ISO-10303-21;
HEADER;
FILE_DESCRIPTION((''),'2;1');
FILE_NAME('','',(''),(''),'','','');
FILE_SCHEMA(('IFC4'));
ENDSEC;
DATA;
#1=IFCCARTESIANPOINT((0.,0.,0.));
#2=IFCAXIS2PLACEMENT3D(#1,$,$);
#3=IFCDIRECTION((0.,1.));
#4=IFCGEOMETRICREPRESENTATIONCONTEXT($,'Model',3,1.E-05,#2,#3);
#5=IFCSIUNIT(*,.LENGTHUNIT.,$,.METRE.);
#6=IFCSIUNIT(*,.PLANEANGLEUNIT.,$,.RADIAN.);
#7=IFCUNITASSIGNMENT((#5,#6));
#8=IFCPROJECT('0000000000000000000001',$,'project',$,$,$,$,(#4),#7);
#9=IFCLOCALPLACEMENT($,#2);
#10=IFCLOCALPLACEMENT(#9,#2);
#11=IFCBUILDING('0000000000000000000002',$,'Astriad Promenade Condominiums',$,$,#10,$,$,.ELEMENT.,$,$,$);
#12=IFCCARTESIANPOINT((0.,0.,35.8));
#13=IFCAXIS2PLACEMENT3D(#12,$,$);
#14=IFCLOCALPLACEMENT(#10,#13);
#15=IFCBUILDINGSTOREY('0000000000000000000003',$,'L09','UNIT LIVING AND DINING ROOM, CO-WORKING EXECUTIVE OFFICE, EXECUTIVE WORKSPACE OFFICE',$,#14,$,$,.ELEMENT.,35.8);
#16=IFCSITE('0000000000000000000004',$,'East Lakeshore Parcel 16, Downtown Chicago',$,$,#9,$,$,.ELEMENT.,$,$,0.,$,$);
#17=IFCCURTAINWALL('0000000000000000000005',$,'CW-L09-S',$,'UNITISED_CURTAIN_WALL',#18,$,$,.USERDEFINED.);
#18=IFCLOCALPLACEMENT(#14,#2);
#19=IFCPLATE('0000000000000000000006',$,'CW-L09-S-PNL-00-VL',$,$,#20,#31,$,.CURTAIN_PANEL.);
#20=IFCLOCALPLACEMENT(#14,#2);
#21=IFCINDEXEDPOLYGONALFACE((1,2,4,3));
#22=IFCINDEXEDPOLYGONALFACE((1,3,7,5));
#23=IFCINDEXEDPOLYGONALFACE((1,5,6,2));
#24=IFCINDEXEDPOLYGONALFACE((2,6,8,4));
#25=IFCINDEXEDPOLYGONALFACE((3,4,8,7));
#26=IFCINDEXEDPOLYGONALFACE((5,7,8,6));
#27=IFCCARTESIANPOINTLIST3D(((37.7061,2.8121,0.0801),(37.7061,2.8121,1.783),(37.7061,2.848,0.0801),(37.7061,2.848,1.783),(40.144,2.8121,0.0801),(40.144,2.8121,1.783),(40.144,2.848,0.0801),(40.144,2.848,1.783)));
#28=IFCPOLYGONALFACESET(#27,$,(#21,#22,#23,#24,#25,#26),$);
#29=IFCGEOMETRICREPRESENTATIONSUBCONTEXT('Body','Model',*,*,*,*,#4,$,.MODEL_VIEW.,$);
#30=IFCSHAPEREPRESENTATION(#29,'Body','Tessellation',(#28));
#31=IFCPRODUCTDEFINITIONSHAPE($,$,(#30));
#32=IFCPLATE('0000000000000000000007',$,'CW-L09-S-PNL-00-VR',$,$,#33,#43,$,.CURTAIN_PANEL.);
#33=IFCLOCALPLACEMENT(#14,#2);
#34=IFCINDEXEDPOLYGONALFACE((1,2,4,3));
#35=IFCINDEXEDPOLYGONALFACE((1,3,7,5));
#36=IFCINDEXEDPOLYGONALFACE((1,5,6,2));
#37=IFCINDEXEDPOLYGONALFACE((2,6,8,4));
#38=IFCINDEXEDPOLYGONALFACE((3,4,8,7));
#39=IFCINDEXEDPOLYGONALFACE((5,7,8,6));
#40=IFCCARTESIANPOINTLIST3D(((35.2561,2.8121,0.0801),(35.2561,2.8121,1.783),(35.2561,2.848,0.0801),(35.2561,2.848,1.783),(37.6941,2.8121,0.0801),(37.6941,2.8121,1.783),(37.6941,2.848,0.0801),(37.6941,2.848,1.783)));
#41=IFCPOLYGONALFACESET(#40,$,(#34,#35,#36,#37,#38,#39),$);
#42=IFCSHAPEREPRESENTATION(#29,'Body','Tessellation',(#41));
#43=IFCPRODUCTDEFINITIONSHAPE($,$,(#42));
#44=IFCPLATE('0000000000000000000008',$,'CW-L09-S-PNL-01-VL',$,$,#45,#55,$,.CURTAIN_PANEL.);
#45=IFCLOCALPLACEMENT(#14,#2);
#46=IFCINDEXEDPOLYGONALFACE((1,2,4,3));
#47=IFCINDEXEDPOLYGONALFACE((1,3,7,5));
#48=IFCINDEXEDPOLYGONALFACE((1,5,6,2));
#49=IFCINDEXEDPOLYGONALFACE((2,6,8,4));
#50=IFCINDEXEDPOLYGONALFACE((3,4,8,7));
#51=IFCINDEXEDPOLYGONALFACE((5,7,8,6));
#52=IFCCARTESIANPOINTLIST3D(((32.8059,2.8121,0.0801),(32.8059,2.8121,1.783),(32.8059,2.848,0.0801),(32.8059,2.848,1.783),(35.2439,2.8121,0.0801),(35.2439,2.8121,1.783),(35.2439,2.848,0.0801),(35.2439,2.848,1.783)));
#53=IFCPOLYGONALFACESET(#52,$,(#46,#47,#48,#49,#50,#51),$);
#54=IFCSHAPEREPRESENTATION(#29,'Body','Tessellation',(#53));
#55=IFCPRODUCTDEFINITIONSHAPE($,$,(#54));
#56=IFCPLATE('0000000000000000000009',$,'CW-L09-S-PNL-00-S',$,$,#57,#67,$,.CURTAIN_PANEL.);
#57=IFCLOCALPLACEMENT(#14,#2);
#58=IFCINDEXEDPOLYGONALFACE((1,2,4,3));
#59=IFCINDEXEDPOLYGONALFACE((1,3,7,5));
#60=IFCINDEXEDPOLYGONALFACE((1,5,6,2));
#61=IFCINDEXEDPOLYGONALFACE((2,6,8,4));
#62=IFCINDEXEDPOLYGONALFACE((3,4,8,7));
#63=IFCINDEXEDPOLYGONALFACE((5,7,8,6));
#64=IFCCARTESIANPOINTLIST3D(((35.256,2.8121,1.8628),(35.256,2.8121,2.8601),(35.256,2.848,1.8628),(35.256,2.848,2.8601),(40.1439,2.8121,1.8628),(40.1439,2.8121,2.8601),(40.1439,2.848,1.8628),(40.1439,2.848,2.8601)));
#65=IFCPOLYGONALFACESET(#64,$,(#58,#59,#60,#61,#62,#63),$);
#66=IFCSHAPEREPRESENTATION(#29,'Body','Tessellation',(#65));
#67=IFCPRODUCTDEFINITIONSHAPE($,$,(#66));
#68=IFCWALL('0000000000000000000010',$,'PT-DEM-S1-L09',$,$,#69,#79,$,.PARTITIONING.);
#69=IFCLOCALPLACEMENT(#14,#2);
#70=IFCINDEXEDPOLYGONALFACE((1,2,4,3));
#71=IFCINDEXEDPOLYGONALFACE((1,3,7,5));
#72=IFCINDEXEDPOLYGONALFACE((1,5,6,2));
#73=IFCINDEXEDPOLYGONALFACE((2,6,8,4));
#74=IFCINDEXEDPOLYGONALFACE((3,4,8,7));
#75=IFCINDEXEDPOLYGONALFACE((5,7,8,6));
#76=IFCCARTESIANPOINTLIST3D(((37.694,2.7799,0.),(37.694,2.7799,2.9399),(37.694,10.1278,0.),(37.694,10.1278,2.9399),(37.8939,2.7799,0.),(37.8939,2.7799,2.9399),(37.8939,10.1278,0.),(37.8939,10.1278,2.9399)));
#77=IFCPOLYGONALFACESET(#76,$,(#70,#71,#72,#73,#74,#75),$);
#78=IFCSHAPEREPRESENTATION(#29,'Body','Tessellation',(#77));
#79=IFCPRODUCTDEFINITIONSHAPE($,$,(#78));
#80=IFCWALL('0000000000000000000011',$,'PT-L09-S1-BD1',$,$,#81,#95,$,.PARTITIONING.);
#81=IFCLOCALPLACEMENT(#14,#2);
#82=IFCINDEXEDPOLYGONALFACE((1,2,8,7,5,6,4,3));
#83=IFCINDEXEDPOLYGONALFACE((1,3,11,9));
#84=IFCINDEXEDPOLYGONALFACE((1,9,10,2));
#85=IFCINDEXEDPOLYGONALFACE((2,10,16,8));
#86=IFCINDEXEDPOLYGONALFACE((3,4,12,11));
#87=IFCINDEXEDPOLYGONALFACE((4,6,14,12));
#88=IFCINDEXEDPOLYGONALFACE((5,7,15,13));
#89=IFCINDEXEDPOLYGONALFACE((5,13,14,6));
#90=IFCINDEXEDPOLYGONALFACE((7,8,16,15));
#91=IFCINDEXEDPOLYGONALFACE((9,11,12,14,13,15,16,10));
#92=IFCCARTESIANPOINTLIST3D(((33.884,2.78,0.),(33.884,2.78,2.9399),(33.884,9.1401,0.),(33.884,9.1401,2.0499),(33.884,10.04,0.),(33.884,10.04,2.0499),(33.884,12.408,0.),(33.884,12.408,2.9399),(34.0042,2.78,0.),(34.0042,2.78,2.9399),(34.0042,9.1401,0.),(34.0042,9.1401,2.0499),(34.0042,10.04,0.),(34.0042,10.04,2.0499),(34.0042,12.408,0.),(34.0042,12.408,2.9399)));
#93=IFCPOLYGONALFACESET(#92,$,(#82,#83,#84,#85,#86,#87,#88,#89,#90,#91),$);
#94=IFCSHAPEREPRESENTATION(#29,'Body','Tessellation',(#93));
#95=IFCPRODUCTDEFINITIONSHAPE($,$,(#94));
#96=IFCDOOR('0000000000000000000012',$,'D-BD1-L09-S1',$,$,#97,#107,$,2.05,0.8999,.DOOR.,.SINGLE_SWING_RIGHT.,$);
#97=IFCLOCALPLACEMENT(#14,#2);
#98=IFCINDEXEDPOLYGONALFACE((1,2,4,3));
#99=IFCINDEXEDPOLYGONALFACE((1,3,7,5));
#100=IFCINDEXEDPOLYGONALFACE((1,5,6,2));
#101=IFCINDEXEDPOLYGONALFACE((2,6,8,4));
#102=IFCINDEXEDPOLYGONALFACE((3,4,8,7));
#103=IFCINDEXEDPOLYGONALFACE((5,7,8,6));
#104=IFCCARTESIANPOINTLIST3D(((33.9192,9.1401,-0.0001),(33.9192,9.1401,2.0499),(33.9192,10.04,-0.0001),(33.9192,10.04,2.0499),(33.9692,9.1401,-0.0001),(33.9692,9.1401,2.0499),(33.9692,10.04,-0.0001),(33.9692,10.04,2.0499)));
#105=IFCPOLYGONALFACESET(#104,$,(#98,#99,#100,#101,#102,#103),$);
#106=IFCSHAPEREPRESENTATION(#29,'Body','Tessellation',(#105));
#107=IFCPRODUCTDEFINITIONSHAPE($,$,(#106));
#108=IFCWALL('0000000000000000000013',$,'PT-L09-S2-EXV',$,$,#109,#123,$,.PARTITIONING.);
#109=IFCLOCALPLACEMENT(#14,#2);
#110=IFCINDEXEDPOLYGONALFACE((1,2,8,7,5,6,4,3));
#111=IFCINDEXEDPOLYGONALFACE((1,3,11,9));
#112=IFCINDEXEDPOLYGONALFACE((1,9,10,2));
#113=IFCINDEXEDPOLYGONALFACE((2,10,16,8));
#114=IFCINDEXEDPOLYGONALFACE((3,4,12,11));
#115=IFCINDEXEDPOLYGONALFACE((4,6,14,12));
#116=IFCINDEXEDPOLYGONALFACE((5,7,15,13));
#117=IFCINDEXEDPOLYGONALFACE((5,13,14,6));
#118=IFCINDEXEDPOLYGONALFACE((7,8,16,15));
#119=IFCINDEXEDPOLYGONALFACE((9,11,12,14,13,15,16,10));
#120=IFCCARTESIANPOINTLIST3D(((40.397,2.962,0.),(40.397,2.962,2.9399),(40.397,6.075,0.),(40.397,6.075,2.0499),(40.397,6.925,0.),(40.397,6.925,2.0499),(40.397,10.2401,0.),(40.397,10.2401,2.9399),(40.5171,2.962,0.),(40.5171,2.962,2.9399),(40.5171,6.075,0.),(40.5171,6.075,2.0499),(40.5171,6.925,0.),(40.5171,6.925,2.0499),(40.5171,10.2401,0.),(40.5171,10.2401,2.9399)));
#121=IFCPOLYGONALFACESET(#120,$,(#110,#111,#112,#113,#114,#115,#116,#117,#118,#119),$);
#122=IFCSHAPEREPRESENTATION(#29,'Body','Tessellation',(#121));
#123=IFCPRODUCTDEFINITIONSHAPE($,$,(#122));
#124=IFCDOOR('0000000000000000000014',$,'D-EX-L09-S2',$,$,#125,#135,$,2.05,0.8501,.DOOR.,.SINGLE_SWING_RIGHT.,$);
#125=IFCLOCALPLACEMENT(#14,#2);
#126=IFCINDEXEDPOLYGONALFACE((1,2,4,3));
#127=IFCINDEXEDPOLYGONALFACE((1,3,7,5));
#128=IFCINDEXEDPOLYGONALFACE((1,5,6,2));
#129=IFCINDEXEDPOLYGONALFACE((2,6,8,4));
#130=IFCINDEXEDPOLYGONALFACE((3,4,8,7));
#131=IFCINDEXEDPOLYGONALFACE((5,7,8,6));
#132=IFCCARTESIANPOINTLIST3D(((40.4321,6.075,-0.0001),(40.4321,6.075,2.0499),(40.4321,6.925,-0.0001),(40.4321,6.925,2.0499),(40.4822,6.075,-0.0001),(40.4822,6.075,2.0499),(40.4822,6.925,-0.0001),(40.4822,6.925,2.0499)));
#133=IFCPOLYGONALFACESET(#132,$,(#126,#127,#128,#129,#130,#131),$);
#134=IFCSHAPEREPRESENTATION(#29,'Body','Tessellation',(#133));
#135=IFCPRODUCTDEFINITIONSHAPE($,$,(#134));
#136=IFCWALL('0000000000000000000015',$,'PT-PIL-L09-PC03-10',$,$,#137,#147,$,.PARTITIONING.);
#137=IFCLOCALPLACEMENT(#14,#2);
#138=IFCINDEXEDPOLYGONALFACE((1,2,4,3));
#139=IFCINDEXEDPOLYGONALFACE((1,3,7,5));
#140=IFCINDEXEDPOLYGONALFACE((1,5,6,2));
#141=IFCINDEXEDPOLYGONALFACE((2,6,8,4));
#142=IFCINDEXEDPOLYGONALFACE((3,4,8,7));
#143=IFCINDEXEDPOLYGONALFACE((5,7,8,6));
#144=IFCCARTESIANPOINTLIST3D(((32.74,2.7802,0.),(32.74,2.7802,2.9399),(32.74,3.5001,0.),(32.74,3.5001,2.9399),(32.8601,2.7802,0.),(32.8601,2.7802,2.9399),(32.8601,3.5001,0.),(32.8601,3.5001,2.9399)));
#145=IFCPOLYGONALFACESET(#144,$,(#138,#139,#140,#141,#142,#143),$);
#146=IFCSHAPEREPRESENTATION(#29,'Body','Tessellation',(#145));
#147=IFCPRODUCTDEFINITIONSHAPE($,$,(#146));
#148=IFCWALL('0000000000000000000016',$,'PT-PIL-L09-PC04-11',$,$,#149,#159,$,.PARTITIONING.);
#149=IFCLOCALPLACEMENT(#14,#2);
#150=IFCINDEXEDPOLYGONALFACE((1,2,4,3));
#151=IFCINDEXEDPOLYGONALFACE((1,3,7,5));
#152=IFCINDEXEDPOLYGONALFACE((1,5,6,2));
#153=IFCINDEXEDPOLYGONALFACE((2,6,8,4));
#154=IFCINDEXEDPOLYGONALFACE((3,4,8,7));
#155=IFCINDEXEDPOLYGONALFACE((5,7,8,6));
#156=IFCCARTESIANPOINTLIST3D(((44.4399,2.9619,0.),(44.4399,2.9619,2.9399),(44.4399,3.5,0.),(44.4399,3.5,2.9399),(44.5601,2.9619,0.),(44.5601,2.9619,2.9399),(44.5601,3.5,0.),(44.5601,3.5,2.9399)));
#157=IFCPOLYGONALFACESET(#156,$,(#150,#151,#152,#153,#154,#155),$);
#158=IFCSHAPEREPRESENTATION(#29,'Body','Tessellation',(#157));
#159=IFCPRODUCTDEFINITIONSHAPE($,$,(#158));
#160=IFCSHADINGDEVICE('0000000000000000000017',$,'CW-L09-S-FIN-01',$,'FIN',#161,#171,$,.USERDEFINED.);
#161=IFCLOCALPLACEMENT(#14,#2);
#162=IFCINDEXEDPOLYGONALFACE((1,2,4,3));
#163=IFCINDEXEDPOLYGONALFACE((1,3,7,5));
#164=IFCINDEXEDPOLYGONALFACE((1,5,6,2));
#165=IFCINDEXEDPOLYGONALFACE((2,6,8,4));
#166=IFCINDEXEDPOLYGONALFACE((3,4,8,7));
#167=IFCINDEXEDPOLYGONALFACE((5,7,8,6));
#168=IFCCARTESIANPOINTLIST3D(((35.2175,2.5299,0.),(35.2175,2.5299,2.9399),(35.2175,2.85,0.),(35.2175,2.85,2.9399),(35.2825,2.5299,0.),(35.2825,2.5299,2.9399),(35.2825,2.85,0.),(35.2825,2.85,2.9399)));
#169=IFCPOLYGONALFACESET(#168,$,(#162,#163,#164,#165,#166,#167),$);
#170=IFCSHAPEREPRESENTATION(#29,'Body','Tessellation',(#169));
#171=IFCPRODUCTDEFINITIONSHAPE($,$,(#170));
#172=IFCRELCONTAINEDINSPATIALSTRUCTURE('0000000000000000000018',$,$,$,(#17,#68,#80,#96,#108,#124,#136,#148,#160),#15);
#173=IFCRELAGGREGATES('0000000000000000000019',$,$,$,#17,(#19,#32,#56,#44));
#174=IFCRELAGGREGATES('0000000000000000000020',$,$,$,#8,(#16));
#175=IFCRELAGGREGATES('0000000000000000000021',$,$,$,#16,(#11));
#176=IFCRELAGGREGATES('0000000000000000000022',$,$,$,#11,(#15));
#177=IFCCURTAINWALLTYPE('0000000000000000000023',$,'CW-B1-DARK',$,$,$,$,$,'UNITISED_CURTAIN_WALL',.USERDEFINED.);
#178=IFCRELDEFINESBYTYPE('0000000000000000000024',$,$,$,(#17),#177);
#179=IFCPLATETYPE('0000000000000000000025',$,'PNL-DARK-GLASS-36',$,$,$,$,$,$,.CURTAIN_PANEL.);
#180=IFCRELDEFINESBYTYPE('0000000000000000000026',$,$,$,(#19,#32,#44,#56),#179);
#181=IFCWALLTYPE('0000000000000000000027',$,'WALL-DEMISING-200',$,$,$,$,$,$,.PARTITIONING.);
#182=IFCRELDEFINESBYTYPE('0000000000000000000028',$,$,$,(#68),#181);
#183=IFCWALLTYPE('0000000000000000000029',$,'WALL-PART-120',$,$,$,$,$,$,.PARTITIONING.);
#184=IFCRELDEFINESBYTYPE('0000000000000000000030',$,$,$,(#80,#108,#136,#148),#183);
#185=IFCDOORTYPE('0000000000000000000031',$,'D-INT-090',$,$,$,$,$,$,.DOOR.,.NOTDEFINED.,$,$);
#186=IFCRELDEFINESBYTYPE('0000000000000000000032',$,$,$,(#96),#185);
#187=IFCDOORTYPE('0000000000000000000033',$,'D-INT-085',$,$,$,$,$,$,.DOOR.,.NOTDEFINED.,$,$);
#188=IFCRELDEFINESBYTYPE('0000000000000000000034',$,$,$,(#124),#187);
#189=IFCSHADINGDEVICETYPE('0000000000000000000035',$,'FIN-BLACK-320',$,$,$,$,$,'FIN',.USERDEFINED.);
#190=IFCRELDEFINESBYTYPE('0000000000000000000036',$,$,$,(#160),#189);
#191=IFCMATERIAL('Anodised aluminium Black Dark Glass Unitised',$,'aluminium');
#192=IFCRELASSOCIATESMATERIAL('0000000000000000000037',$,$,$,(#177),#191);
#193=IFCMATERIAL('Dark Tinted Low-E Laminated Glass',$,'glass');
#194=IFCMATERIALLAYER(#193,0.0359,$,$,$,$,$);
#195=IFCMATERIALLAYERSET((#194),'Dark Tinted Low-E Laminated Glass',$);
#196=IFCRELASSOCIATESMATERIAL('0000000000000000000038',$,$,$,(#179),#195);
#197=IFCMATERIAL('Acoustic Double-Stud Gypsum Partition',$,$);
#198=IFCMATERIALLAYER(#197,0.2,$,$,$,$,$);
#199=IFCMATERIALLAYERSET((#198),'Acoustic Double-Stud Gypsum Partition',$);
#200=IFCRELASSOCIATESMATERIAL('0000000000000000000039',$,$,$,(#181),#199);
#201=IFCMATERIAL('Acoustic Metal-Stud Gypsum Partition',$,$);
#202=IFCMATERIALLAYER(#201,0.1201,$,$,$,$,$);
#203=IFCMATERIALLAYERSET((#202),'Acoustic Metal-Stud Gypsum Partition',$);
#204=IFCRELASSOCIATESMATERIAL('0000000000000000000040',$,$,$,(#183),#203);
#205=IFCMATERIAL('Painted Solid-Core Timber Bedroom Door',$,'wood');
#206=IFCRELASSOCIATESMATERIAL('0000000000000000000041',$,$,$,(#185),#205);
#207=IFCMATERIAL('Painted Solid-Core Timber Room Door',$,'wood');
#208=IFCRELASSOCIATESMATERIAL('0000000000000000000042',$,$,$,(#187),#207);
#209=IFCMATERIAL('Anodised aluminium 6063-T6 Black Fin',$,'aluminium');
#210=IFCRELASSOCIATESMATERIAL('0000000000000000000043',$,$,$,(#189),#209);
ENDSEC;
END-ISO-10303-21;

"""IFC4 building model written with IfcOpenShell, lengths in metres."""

from ifc_helpers import new_model, si_unit, direction, frame, frame_2d, origin, origin_2d, place, context, subcontext, project, spatial, rectangle, extrude, source, transform, mapped, material, layer, layer_set, type_object, type_shapes, element, fill, aggregate, save


model = new_model("IFC4")

# Units and contexts
model_context = context("Model", 3, precision=1e-05, world=origin(), true_north=direction((0.0, 1.0)))
body_context = subcontext(model_context, "Body", "Model", "MODEL_VIEW")
ifc_project = project(units=[si_unit("LENGTHUNIT", "METRE"), si_unit("PLANEANGLEUNIT", "RADIAN")], contexts=[model_context])

# Site, building, storey
site_placement = place(None, origin())
site = spatial("IfcSite", under=ifc_project, at=site_placement, Name="East Lakeshore Parcel 16, Downtown Chicago", CompositionType="ELEMENT", RefElevation=0.0)
building_placement = place(site_placement, origin())
building = spatial("IfcBuilding", under=site, at=building_placement, Name="Astriad Promenade Condominiums", CompositionType="ELEMENT")
storey_placement = place(building_placement, frame((0.0, 0.0, 35.8)))
storey = spatial("IfcBuildingStorey", under=building, at=storey_placement, Name="L09", Description="UNIT LIVING AND DINING ROOM, CO-WORKING EXECUTIVE OFFICE, EXECUTIVE WORKSPACE OFFICE", CompositionType="ELEMENT", Elevation=35.8)

# Curtain wall, plates
ifc_material_1 = material(Name="Anodised aluminium Black Dark Glass Unitised", Category="aluminium")
curtain_wall_type = type_object("IfcCurtainWallType", Name="CW-B1-DARK", ElementType="UNITISED_CURTAIN_WALL", PredefinedType="USERDEFINED", material=ifc_material_1)
curtain_wall_placement = place(storey_placement, origin())
curtain_wall = element("IfcCurtainWall", 1, at=curtain_wall_placement, inside=storey, type_object=curtain_wall_type, Name="CW-L09-S", ObjectType="UNITISED_CURTAIN_WALL", PredefinedType="USERDEFINED")
ifc_material_2 = material(Name="Dark Tinted Low-E Laminated Glass", Category="glass")
ifc_layer_1 = layer(ifc_material_2, 0.0359)
ifc_layer_set_1 = layer_set([ifc_layer_1], Name="Dark Tinted Low-E Laminated Glass")
plate_type = type_object("IfcPlateType", Name="PNL-DARK-GLASS-36", PredefinedType="CURTAIN_PANEL", material=ifc_layer_set_1)
shared_shape_1 = source(origin(), body_context, "Body", "SweptSolid", [
    extrude(rectangle(XDim=2.438, YDim=0.0359, at=origin_2d()), origin(), (0.0, 0.0, 1.0), 1.7029),
])
plate_1_placement = place(storey_placement, frame((38.925, 2.8301, 0.0801), z_axis=(0.0, 0.0, 1.0), x_axis=(-1.0, 0.0, 0.0)))
plate_1 = element("IfcPlate", 2, at=plate_1_placement, type_object=plate_type, Name="CW-L09-S-PNL-00-VL", PredefinedType="CURTAIN_PANEL", context=body_context, shape_type="MappedRepresentation", body=[
    mapped(shared_shape_1, transform((0.0, 0.0, 0.0), scale=1.0)),
])
plate_2_placement = place(storey_placement, frame((36.4751, 2.8301, 0.0801), z_axis=(0.0, 0.0, 1.0), x_axis=(-1.0, 0.0, 0.0)))
plate_2 = element("IfcPlate", 3, at=plate_2_placement, type_object=plate_type, Name="CW-L09-S-PNL-00-VR", PredefinedType="CURTAIN_PANEL", context=body_context, shape_type="MappedRepresentation", body=[
    mapped(shared_shape_1, transform((0.0, 0.0, 0.0), scale=1.0)),
])
plate_3_placement = place(storey_placement, frame((34.0249, 2.8301, 0.0801), z_axis=(0.0, 0.0, 1.0), x_axis=(-1.0, 0.0, 0.0)))
plate_3 = element("IfcPlate", 4, at=plate_3_placement, type_object=plate_type, Name="CW-L09-S-PNL-01-VL", PredefinedType="CURTAIN_PANEL", context=body_context, shape_type="MappedRepresentation", body=[
    mapped(shared_shape_1, transform((0.0, 0.0, 0.0), scale=1.0)),
])
shared_shape_2 = source(origin(), body_context, "Body", "SweptSolid", [
    extrude(rectangle(XDim=4.8879, YDim=0.0359, at=origin_2d()), origin(), (0.0, 0.0, 1.0), 0.9973),
])
type_shapes(plate_type, [shared_shape_1, shared_shape_2])
plate_4_placement = place(storey_placement, frame((37.7, 2.8301, 1.8628), z_axis=(0.0, 0.0, 1.0), x_axis=(-1.0, 0.0, 0.0)))
plate_4 = element("IfcPlate", 5, at=plate_4_placement, type_object=plate_type, Name="CW-L09-S-PNL-00-S", PredefinedType="CURTAIN_PANEL", context=body_context, shape_type="MappedRepresentation", body=[
    mapped(shared_shape_2, transform((0.0, 0.0, 0.0), scale=1.0)),
])
aggregate(curtain_wall, [plate_1, plate_2, plate_4, plate_3])

# Wall
ifc_material_3 = material(Name="Acoustic Double-Stud Gypsum Partition")
ifc_layer_2 = layer(ifc_material_3, 0.2)
ifc_layer_set_2 = layer_set([ifc_layer_2], Name="Acoustic Double-Stud Gypsum Partition")
wall_type_1 = type_object("IfcWallType", Name="WALL-DEMISING-200", PredefinedType="PARTITIONING", material=ifc_layer_set_2)
wall_1_placement = place(storey_placement, frame((37.7939, 2.78, 0.0), z_axis=(0.0, 0.0, 1.0), x_axis=(0.0, 1.0, 0.0)))
element("IfcWall", 6, at=wall_1_placement, inside=storey, type_object=wall_type_1, Name="PT-DEM-S1-L09", PredefinedType="PARTITIONING", context=body_context, shape_type="SweptSolid", body=[
    extrude(rectangle(XDim=7.3479, YDim=0.2, at=frame_2d((3.6738, 0.0))), origin(), (0.0, 0.0, 1.0), 2.9399),
])

# Walls, openings, doors
ifc_material_4 = material(Name="Acoustic Metal-Stud Gypsum Partition")
ifc_layer_3 = layer(ifc_material_4, 0.1201)
ifc_layer_set_3 = layer_set([ifc_layer_3], Name="Acoustic Metal-Stud Gypsum Partition")
wall_type_2 = type_object("IfcWallType", Name="WALL-PART-120", PredefinedType="PARTITIONING", material=ifc_layer_set_3)
wall_2_placement = place(storey_placement, frame((33.9441, 2.78, 0.0), z_axis=(0.0, 0.0, 1.0), x_axis=(0.0, 1.0, 0.0)))
wall_2 = element("IfcWall", 7, at=wall_2_placement, inside=storey, type_object=wall_type_2, Name="PT-L09-S1-BD1", PredefinedType="PARTITIONING", context=body_context, shape_type="SweptSolid", body=[
    extrude(rectangle(XDim=9.6279, YDim=0.1201, at=frame_2d((4.814, 0.0))), origin(), (0.0, 0.0, 1.0), 2.9399),
])
opening_1_placement = place(wall_2_placement, frame((6.3601, 0.0, 0.0)))
opening_1 = element("IfcOpeningElement", 8, at=opening_1_placement, cuts=wall_2, PredefinedType="OPENING", context=body_context, shape_type="SweptSolid", body=[
    extrude(rectangle(XDim=0.8999, YDim=2.05, at=frame_2d((0.45, 1.0249))), frame((0.0, 0.0701, 0.0), z_axis=(0.0, -1.0, 0.0), x_axis=(1.0, 0.0, 0.0)), (0.0, 0.0, 1.0), 0.1401),
])
ifc_material_5 = material(Name="Painted Solid-Core Timber Bedroom Door", Category="wood")
door_type_1 = type_object("IfcDoorType", Name="D-INT-090", OperationType="NOTDEFINED", PredefinedType="DOOR", material=ifc_material_5)
shared_shape_3 = source(origin(), body_context, "Body", "SweptSolid", [
    extrude(rectangle(XDim=0.8999, YDim=2.05, at=frame_2d((0.45, 1.0249))), frame((0.0, 0.0249, 0.0), z_axis=(0.0, -1.0, 0.0), x_axis=(1.0, 0.0, 0.0)), (0.0, 0.0, 1.0), 0.05),
])
type_shapes(door_type_1, [shared_shape_3])
door_1_placement = place(opening_1_placement, origin())
door_1 = element("IfcDoor", 9, at=door_1_placement, inside=storey, type_object=door_type_1, Name="D-BD1-L09-S1", OperationType="SINGLE_SWING_RIGHT", OverallHeight=2.05, OverallWidth=0.8999, PredefinedType="DOOR", context=body_context, shape_type="MappedRepresentation", body=[
    mapped(shared_shape_3, transform((0.0, 0.0, 0.0), scale=1.0)),
])
fill(opening_1, door_1)
wall_3_placement = place(storey_placement, frame((40.457, 2.9619, 0.0), z_axis=(0.0, 0.0, 1.0), x_axis=(0.0, 1.0, 0.0)))
wall_3 = element("IfcWall", 10, at=wall_3_placement, inside=storey, type_object=wall_type_2, Name="PT-L09-S2-EXV", PredefinedType="PARTITIONING", context=body_context, shape_type="SweptSolid", body=[
    extrude(rectangle(XDim=7.2781, YDim=0.1201, at=frame_2d((3.6392, 0.0))), origin(), (0.0, 0.0, 1.0), 2.9399),
])
opening_2_placement = place(wall_3_placement, frame((3.113, 0.0, 0.0)))
opening_2 = element("IfcOpeningElement", 11, at=opening_2_placement, cuts=wall_3, PredefinedType="OPENING", context=body_context, shape_type="SweptSolid", body=[
    extrude(rectangle(XDim=0.8501, YDim=2.05, at=frame_2d((0.425, 1.0249))), frame((0.0, 0.0701, 0.0), z_axis=(0.0, -1.0, 0.0), x_axis=(1.0, 0.0, 0.0)), (0.0, 0.0, 1.0), 0.1401),
])
ifc_material_6 = material(Name="Painted Solid-Core Timber Room Door", Category="wood")
door_type_2 = type_object("IfcDoorType", Name="D-INT-085", OperationType="NOTDEFINED", PredefinedType="DOOR", material=ifc_material_6)
shared_shape_4 = source(origin(), body_context, "Body", "SweptSolid", [
    extrude(rectangle(XDim=0.8501, YDim=2.05, at=frame_2d((0.425, 1.0249))), frame((0.0, 0.0249, 0.0), z_axis=(0.0, -1.0, 0.0), x_axis=(1.0, 0.0, 0.0)), (0.0, 0.0, 1.0), 0.05),
])
type_shapes(door_type_2, [shared_shape_4])
door_2_placement = place(opening_2_placement, origin())
door_2 = element("IfcDoor", 12, at=door_2_placement, inside=storey, type_object=door_type_2, Name="D-EX-L09-S2", OperationType="SINGLE_SWING_RIGHT", OverallHeight=2.05, OverallWidth=0.8501, PredefinedType="DOOR", context=body_context, shape_type="MappedRepresentation", body=[
    mapped(shared_shape_4, transform((0.0, 0.0, 0.0), scale=1.0)),
])
fill(opening_2, door_2)

# Walls
wall_4_placement = place(storey_placement, frame((32.8, 3.5, 0.0), z_axis=(0.0, 0.0, 1.0), x_axis=(0.0, -1.0, 0.0)))
element("IfcWall", 13, at=wall_4_placement, inside=storey, type_object=wall_type_2, Name="PT-PIL-L09-PC03-10", PredefinedType="PARTITIONING", context=body_context, shape_type="SweptSolid", body=[
    extrude(rectangle(XDim=0.72, YDim=0.1201, at=frame_2d((0.3599, 0.0))), origin(), (0.0, 0.0, 1.0), 2.9399),
])
wall_5_placement = place(storey_placement, frame((44.5, 3.5, 0.0), z_axis=(0.0, 0.0, 1.0), x_axis=(0.0, -1.0, 0.0)))
element("IfcWall", 14, at=wall_5_placement, inside=storey, type_object=wall_type_2, Name="PT-PIL-L09-PC04-11", PredefinedType="PARTITIONING", context=body_context, shape_type="SweptSolid", body=[
    extrude(rectangle(XDim=0.5381, YDim=0.1201, at=frame_2d((0.269, 0.0))), origin(), (0.0, 0.0, 1.0), 2.9399),
])

# Shading device
ifc_material_7 = material(Name="Anodised aluminium 6063-T6 Black Fin", Category="aluminium")
shading_device_type = type_object("IfcShadingDeviceType", Name="FIN-BLACK-320", ElementType="FIN", PredefinedType="USERDEFINED", material=ifc_material_7)
shared_shape_5 = source(origin(), body_context, "Body", "SweptSolid", [
    extrude(rectangle(XDim=0.0649, YDim=0.3201, at=origin_2d()), origin(), (0.0, 0.0, 1.0), 2.9399),
])
type_shapes(shading_device_type, [shared_shape_5])
shading_device_placement = place(storey_placement, frame((35.25, 2.6899, 0.0), z_axis=(0.0, 0.0, 1.0), x_axis=(-1.0, 0.0, 0.0)))
element("IfcShadingDevice", 15, at=shading_device_placement, inside=storey, type_object=shading_device_type, Name="CW-L09-S-FIN-01", ObjectType="FIN", PredefinedType="USERDEFINED", context=body_context, shape_type="MappedRepresentation", body=[
    mapped(shared_shape_5, transform((0.0, 0.0, 0.0), scale=1.0)),
])

save(model, "model.ifc")
